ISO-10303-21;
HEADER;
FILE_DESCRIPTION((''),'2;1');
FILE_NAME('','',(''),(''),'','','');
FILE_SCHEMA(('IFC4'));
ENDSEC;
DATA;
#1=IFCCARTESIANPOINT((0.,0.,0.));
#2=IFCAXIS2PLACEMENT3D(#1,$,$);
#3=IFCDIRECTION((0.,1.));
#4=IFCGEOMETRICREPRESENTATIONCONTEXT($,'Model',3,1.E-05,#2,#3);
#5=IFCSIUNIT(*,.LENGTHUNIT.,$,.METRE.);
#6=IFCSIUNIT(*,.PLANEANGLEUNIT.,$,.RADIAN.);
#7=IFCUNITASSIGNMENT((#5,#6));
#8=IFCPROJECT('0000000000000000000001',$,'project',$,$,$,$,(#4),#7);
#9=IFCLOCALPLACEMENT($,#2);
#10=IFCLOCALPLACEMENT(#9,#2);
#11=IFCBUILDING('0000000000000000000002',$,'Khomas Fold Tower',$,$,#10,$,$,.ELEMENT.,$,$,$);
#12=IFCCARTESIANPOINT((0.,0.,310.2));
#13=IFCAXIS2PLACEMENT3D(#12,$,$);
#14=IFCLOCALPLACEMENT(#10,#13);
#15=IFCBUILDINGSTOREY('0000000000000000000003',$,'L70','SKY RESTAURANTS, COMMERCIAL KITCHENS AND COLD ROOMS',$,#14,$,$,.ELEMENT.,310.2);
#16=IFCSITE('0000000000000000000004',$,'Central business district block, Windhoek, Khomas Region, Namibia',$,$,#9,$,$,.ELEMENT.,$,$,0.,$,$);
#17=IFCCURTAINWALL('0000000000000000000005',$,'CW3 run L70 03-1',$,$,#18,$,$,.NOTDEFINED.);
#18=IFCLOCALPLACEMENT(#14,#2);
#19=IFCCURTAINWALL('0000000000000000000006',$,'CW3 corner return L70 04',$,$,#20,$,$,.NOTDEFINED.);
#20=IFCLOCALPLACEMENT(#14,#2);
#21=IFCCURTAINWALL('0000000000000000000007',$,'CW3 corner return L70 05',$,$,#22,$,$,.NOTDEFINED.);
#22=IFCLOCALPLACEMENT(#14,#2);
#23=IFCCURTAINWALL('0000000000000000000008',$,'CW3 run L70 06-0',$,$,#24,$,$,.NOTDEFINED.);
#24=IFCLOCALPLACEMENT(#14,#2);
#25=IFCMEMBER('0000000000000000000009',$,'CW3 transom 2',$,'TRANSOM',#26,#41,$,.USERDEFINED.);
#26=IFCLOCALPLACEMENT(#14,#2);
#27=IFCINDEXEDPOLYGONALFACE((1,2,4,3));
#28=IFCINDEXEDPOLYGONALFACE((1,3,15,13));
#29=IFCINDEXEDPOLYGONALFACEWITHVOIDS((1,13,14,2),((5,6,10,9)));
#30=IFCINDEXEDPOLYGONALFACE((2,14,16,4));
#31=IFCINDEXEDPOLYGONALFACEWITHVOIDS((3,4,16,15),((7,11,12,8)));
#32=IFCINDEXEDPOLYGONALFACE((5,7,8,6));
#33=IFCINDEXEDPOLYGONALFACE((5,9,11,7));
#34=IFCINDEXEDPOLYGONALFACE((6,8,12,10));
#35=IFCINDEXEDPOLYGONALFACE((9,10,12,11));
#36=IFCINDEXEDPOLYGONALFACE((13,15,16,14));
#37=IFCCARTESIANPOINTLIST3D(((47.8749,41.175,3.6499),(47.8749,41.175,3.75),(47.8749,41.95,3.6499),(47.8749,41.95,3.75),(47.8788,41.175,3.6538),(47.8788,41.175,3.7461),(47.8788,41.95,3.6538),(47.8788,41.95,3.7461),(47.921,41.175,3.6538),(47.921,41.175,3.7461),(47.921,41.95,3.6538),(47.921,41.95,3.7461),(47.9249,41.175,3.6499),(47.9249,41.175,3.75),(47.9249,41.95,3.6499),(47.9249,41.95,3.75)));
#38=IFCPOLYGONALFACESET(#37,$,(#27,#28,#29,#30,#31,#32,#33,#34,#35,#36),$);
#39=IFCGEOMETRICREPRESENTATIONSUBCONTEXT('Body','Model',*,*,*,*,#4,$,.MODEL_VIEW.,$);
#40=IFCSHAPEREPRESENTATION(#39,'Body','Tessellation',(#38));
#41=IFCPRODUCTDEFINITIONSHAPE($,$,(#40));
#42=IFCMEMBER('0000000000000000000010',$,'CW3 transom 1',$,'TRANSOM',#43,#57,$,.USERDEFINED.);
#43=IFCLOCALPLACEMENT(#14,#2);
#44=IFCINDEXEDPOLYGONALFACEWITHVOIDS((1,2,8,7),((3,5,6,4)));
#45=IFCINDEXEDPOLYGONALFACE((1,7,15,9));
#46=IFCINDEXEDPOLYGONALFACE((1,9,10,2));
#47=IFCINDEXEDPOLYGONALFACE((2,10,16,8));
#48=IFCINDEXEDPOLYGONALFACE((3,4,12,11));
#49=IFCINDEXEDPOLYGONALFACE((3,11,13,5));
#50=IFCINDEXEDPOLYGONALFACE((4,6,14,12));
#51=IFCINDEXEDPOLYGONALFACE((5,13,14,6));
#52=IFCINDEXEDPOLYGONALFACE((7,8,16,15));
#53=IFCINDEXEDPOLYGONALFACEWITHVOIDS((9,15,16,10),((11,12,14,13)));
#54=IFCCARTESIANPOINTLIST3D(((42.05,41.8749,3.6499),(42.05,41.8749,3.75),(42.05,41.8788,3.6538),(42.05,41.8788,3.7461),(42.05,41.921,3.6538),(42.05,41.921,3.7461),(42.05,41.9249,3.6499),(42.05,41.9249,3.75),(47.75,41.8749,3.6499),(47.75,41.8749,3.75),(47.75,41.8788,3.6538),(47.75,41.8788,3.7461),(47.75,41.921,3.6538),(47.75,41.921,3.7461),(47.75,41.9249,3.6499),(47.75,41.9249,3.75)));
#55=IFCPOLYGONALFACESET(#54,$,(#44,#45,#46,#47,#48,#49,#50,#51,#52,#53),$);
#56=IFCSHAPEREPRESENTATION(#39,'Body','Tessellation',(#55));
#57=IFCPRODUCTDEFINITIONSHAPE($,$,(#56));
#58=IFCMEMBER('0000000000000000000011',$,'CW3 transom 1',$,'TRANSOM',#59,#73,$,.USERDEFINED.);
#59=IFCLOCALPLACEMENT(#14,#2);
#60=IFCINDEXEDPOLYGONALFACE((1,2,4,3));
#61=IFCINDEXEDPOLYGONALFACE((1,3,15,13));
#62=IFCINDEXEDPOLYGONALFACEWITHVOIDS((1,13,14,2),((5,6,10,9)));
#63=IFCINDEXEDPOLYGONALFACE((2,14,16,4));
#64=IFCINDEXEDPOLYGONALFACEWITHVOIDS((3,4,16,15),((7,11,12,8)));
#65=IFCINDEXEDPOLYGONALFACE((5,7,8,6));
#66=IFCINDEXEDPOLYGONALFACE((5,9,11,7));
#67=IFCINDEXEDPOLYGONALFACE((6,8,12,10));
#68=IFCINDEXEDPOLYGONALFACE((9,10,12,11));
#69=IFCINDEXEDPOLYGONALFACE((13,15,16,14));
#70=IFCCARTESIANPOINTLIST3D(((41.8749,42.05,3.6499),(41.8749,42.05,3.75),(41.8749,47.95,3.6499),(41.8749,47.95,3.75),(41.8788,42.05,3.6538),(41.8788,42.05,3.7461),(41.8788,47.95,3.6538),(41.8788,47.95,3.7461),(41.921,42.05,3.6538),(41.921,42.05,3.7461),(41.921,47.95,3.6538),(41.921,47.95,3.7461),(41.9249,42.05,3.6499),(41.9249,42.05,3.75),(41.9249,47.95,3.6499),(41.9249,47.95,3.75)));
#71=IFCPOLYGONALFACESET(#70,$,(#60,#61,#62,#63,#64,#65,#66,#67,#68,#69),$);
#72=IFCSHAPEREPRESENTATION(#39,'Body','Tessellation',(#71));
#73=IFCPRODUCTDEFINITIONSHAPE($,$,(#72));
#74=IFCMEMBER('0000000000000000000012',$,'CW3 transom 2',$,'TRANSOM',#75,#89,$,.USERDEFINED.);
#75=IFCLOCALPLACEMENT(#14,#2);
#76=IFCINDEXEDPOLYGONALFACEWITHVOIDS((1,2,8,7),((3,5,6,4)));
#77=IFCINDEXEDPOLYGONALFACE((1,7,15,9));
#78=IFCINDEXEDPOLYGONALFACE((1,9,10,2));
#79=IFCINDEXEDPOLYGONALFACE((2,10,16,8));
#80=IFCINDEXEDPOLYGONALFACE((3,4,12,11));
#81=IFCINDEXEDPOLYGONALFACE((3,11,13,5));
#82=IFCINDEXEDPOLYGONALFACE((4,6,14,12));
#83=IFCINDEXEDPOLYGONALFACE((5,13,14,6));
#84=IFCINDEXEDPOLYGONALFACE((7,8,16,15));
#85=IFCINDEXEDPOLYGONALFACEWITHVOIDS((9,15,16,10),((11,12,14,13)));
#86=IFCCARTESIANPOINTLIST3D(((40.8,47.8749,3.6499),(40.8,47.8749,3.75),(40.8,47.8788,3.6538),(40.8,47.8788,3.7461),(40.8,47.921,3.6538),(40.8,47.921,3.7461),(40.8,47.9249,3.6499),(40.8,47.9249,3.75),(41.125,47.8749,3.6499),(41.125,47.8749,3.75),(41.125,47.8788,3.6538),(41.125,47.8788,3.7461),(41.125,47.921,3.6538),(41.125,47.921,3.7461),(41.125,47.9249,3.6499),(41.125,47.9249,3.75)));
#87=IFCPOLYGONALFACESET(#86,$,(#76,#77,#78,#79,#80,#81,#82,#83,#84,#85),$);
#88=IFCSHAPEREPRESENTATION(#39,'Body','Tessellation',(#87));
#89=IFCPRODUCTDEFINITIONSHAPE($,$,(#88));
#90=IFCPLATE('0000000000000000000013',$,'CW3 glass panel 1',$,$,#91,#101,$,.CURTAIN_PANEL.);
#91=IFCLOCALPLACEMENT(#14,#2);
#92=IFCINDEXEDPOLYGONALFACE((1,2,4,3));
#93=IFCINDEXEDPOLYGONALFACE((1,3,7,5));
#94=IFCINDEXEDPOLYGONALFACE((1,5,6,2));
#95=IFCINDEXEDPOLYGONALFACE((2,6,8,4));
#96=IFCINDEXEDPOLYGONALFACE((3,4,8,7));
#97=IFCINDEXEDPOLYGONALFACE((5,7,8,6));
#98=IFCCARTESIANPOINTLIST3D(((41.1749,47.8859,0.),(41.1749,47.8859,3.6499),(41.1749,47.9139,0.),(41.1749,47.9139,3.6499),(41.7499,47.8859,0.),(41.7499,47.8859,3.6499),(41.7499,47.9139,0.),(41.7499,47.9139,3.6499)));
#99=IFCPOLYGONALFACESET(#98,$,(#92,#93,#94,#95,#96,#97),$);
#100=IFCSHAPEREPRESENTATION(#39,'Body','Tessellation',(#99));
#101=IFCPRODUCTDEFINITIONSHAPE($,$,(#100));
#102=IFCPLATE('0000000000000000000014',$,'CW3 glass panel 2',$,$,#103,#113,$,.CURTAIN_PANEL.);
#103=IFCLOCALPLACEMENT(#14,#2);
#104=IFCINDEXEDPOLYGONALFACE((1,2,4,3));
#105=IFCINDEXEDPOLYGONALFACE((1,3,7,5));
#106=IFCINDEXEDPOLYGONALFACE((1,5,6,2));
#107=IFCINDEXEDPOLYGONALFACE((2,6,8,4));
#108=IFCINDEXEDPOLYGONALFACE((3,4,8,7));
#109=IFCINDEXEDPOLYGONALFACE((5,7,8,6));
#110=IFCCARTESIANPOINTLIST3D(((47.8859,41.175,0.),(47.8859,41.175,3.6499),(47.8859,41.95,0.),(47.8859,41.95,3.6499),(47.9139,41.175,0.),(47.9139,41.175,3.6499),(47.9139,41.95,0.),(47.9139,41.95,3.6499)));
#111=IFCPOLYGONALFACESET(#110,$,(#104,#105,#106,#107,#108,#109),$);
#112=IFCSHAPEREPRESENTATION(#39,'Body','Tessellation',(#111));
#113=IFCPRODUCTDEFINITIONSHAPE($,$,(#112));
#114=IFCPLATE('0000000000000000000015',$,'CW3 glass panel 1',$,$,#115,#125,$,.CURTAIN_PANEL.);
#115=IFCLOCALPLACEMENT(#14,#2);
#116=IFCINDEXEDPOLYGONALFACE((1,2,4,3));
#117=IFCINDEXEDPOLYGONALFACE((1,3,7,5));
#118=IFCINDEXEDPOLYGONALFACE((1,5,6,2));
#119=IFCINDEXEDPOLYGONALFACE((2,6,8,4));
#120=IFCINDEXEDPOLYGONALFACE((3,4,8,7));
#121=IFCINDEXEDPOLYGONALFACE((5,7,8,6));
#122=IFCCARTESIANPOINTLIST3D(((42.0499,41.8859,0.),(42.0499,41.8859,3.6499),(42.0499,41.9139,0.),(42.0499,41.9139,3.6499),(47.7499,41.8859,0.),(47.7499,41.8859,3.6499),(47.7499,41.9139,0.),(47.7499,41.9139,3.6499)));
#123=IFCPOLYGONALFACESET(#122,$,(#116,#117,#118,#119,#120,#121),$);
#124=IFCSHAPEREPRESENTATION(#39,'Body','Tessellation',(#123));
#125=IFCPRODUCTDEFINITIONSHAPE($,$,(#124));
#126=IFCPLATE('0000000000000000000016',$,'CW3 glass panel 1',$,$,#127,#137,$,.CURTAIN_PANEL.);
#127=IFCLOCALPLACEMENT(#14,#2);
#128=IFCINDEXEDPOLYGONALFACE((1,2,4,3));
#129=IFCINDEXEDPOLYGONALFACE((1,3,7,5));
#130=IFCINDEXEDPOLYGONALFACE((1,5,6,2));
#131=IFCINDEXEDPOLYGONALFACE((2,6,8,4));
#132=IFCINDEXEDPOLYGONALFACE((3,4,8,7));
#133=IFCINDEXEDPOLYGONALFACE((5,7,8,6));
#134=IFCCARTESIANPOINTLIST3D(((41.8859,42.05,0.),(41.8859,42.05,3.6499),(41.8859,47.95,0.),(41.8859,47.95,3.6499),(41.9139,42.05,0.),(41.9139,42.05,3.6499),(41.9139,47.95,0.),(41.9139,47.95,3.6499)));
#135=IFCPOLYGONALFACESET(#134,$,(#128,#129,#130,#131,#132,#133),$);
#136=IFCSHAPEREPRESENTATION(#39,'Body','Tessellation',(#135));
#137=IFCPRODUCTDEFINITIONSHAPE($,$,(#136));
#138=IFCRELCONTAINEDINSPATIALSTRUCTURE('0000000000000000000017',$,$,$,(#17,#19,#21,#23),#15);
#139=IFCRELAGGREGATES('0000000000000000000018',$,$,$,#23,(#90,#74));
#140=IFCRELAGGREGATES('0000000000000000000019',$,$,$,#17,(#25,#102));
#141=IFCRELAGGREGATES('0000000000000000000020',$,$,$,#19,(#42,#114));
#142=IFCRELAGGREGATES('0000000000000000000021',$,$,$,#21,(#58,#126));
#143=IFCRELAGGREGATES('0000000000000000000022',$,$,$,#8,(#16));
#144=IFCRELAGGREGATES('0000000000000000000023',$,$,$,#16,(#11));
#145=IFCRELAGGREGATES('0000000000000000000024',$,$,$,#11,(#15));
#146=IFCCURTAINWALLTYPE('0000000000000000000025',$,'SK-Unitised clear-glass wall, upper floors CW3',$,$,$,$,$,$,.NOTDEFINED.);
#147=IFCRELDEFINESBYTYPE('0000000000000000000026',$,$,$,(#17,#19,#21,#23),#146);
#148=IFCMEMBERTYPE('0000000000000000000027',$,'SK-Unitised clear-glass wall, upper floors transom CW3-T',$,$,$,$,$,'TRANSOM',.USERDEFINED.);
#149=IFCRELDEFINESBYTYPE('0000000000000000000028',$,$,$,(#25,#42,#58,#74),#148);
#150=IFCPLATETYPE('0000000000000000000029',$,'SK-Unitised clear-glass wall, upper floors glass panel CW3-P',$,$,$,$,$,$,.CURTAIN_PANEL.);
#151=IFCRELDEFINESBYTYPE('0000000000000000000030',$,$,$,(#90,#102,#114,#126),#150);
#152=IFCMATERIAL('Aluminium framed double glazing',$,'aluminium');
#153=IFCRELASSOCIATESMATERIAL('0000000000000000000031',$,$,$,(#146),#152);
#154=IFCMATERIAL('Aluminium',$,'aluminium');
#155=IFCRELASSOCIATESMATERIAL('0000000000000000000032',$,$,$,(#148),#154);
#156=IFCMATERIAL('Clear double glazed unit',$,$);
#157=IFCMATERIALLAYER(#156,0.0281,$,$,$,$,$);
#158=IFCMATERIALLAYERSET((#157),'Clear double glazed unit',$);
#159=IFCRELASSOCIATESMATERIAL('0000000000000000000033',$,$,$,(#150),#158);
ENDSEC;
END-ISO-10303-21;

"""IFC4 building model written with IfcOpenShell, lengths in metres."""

from ifc_helpers import new_model, si_unit, direction, frame, origin, origin_2d, place, context, subcontext, project, spatial, rectangle, hollow_rectangle, extrude, source, transform, mapped, material, layer, layer_set, material_profile, profile_set, type_object, element, aggregate, save


model = new_model("IFC4")

# Units and contexts
model_context = context("Model", 3, precision=1e-05, world=origin(), true_north=direction((0.0, 1.0)))
body_context = subcontext(model_context, "Body", "Model", "MODEL_VIEW")
ifc_project = project(units=[si_unit("LENGTHUNIT", "METRE"), si_unit("PLANEANGLEUNIT", "RADIAN")], contexts=[model_context])

# Site, building, storey
site_placement = place(None, origin())
site = spatial("IfcSite", under=ifc_project, at=site_placement, Name="Central business district block, Windhoek, Khomas Region, Namibia", CompositionType="ELEMENT", RefElevation=0.0)
building_placement = place(site_placement, origin())
building = spatial("IfcBuilding", under=site, at=building_placement, Name="Khomas Fold Tower", CompositionType="ELEMENT")
storey_placement = place(building_placement, frame((0.0, 0.0, 310.2)))
storey = spatial("IfcBuildingStorey", under=building, at=storey_placement, Name="L70", Description="SKY RESTAURANTS, COMMERCIAL KITCHENS AND COLD ROOMS", CompositionType="ELEMENT", Elevation=310.2)

# Curtain walls
ifc_material_1 = material(Name="Aluminium framed double glazing", Category="aluminium")
curtain_wall_type = type_object("IfcCurtainWallType", Name="SK-Unitised clear-glass wall, upper floors CW3", PredefinedType="NOTDEFINED", material=ifc_material_1)
curtain_wall_1_placement = place(storey_placement, origin())
curtain_wall_1 = element("IfcCurtainWall", 1, at=curtain_wall_1_placement, inside=storey, type_object=curtain_wall_type, Name="CW3 run L70 03-1", PredefinedType="NOTDEFINED")
curtain_wall_2_placement = place(storey_placement, origin())
curtain_wall_2 = element("IfcCurtainWall", 2, at=curtain_wall_2_placement, inside=storey, type_object=curtain_wall_type, Name="CW3 corner return L70 04", PredefinedType="NOTDEFINED")
curtain_wall_3_placement = place(storey_placement, origin())
curtain_wall_3 = element("IfcCurtainWall", 3, at=curtain_wall_3_placement, inside=storey, type_object=curtain_wall_type, Name="CW3 corner return L70 05", PredefinedType="NOTDEFINED")
curtain_wall_4_placement = place(storey_placement, origin())
curtain_wall_4 = element("IfcCurtainWall", 4, at=curtain_wall_4_placement, inside=storey, type_object=curtain_wall_type, Name="CW3 run L70 06-0", PredefinedType="NOTDEFINED")
ifc_material_2 = material(Name="Aluminium", Category="aluminium")
ifc_material_profile_1 = material_profile(ifc_material_2, hollow_rectangle(XDim=0.05, YDim=0.1001, WallThickness=0.0039, at=origin_2d()), Name="SK-Unitised clear-glass wall, upper floors transom CW3-T")
ifc_profile_set_1 = profile_set([ifc_material_profile_1], Name="Aluminium")
member_type_1 = type_object("IfcMemberType", Name="SK-Unitised clear-glass wall, upper floors transom CW3-T", ElementType="TRANSOM", PredefinedType="USERDEFINED", material=ifc_profile_set_1)

# Members
shared_shape_1 = source(origin(), body_context, "Body", "SweptSolid", [
    extrude(hollow_rectangle(XDim=0.05, YDim=0.1001, WallThickness=0.0039, at=origin_2d()), origin(), (0.0, 0.0, 1.0), 0.7749),
])
member_1_placement = place(storey_placement, frame((47.8999, 41.175, 3.7), z_axis=(0.0, 1.0, 0.0), x_axis=(-1.0, 0.0, 0.0)))
member_1 = element("IfcMember", 5, at=member_1_placement, type_object=member_type_1, Name="CW3 transom 2", ObjectType="TRANSOM", PredefinedType="USERDEFINED", context=body_context, shape_type="MappedRepresentation", body=[
    mapped(shared_shape_1, transform((0.0, 0.0, 0.0))),
])
shared_shape_2 = source(origin(), body_context, "Body", "SweptSolid", [
    extrude(hollow_rectangle(XDim=0.05, YDim=0.1001, WallThickness=0.0039, at=origin_2d()), origin(), (0.0, 0.0, 1.0), 5.7),
])
member_2_placement = place(storey_placement, frame((47.75, 41.8999, 3.7), z_axis=(-1.0, 0.0, 0.0), x_axis=(0.0, -1.0, 0.0)))
member_2 = element("IfcMember", 6, at=member_2_placement, type_object=member_type_1, Name="CW3 transom 1", ObjectType="TRANSOM", PredefinedType="USERDEFINED", context=body_context, shape_type="MappedRepresentation", body=[
    mapped(shared_shape_2, transform((0.0, 0.0, 0.0))),
])
shared_shape_3 = source(origin(), body_context, "Body", "SweptSolid", [
    extrude(hollow_rectangle(XDim=0.05, YDim=0.1001, WallThickness=0.0039, at=origin_2d()), origin(), (0.0, 0.0, 1.0), 5.8999),
])
member_3_placement = place(storey_placement, frame((41.8999, 42.05, 3.7), z_axis=(0.0, 1.0, 0.0), x_axis=(-1.0, 0.0, 0.0)))
member_3 = element("IfcMember", 7, at=member_3_placement, type_object=member_type_1, Name="CW3 transom 1", ObjectType="TRANSOM", PredefinedType="USERDEFINED", context=body_context, shape_type="MappedRepresentation", body=[
    mapped(shared_shape_3, transform((0.0, 0.0, 0.0))),
])
shared_shape_4 = source(origin(), body_context, "Body", "SweptSolid", [
    extrude(hollow_rectangle(XDim=0.05, YDim=0.1001, WallThickness=0.0039, at=origin_2d()), origin(), (0.0, 0.0, 1.0), 0.325),
])
member_4_placement = place(storey_placement, frame((41.125, 47.8999, 3.7), z_axis=(-1.0, 0.0, 0.0), x_axis=(0.0, -1.0, 0.0)))
member_4 = element("IfcMember", 8, at=member_4_placement, type_object=member_type_1, Name="CW3 transom 2", ObjectType="TRANSOM", PredefinedType="USERDEFINED", context=body_context, shape_type="MappedRepresentation", body=[
    mapped(shared_shape_4, transform((0.0, 0.0, 0.0))),
])

# Plates
ifc_material_3 = material(Name="Clear double glazed unit")
ifc_layer = layer(ifc_material_3, 0.0281)
ifc_layer_set = layer_set([ifc_layer], Name="Clear double glazed unit")
plate_type = type_object("IfcPlateType", Name="SK-Unitised clear-glass wall, upper floors glass panel CW3-P", PredefinedType="CURTAIN_PANEL", material=ifc_layer_set)
shared_shape_5 = source(origin(), body_context, "Body", "SweptSolid", [
    extrude(rectangle(XDim=0.575, YDim=0.0281, at=origin_2d()), origin(), (0.0, 0.0, 1.0), 3.6499),
])
plate_1_placement = place(storey_placement, frame((41.4624, 47.8999, 0.0), z_axis=(0.0, 0.0, 1.0), x_axis=(-1.0, 0.0, 0.0)))
plate_1 = element("IfcPlate", 9, at=plate_1_placement, type_object=plate_type, Name="CW3 glass panel 1", PredefinedType="CURTAIN_PANEL", context=body_context, shape_type="MappedRepresentation", body=[
    mapped(shared_shape_5, transform((0.0, 0.0, 0.0))),
])
aggregate(curtain_wall_4, [plate_1, member_4])
shared_shape_6 = source(origin(), body_context, "Body", "SweptSolid", [
    extrude(rectangle(XDim=0.7749, YDim=0.0281, at=origin_2d()), origin(), (0.0, 0.0, 1.0), 3.6499),
])
plate_2_placement = place(storey_placement, frame((47.8999, 41.5625, 0.0), z_axis=(0.0, 0.0, 1.0), x_axis=(0.0, 1.0, 0.0)))
plate_2 = element("IfcPlate", 10, at=plate_2_placement, type_object=plate_type, Name="CW3 glass panel 2", PredefinedType="CURTAIN_PANEL", context=body_context, shape_type="MappedRepresentation", body=[
    mapped(shared_shape_6, transform((0.0, 0.0, 0.0))),
])
aggregate(curtain_wall_1, [member_1, plate_2])
shared_shape_7 = source(origin(), body_context, "Body", "SweptSolid", [
    extrude(rectangle(XDim=5.7, YDim=0.0281, at=origin_2d()), origin(), (0.0, 0.0, 1.0), 3.6499),
])
plate_3_placement = place(storey_placement, frame((44.8999, 41.8999, 0.0), z_axis=(0.0, 0.0, 1.0), x_axis=(-1.0, 0.0, 0.0)))
plate_3 = element("IfcPlate", 11, at=plate_3_placement, type_object=plate_type, Name="CW3 glass panel 1", PredefinedType="CURTAIN_PANEL", context=body_context, shape_type="MappedRepresentation", body=[
    mapped(shared_shape_7, transform((0.0, 0.0, 0.0))),
])
aggregate(curtain_wall_2, [member_2, plate_3])
shared_shape_8 = source(origin(), body_context, "Body", "SweptSolid", [
    extrude(rectangle(XDim=5.8999, YDim=0.0281, at=origin_2d()), origin(), (0.0, 0.0, 1.0), 3.6499),
])
plate_4_placement = place(storey_placement, frame((41.8999, 45.0, 0.0), z_axis=(0.0, 0.0, 1.0), x_axis=(0.0, 1.0, 0.0)))
plate_4 = element("IfcPlate", 12, at=plate_4_placement, type_object=plate_type, Name="CW3 glass panel 1", PredefinedType="CURTAIN_PANEL", context=body_context, shape_type="MappedRepresentation", body=[
    mapped(shared_shape_8, transform((0.0, 0.0, 0.0))),
])
aggregate(curtain_wall_3, [member_3, plate_4])

save(model, "model.ifc")
